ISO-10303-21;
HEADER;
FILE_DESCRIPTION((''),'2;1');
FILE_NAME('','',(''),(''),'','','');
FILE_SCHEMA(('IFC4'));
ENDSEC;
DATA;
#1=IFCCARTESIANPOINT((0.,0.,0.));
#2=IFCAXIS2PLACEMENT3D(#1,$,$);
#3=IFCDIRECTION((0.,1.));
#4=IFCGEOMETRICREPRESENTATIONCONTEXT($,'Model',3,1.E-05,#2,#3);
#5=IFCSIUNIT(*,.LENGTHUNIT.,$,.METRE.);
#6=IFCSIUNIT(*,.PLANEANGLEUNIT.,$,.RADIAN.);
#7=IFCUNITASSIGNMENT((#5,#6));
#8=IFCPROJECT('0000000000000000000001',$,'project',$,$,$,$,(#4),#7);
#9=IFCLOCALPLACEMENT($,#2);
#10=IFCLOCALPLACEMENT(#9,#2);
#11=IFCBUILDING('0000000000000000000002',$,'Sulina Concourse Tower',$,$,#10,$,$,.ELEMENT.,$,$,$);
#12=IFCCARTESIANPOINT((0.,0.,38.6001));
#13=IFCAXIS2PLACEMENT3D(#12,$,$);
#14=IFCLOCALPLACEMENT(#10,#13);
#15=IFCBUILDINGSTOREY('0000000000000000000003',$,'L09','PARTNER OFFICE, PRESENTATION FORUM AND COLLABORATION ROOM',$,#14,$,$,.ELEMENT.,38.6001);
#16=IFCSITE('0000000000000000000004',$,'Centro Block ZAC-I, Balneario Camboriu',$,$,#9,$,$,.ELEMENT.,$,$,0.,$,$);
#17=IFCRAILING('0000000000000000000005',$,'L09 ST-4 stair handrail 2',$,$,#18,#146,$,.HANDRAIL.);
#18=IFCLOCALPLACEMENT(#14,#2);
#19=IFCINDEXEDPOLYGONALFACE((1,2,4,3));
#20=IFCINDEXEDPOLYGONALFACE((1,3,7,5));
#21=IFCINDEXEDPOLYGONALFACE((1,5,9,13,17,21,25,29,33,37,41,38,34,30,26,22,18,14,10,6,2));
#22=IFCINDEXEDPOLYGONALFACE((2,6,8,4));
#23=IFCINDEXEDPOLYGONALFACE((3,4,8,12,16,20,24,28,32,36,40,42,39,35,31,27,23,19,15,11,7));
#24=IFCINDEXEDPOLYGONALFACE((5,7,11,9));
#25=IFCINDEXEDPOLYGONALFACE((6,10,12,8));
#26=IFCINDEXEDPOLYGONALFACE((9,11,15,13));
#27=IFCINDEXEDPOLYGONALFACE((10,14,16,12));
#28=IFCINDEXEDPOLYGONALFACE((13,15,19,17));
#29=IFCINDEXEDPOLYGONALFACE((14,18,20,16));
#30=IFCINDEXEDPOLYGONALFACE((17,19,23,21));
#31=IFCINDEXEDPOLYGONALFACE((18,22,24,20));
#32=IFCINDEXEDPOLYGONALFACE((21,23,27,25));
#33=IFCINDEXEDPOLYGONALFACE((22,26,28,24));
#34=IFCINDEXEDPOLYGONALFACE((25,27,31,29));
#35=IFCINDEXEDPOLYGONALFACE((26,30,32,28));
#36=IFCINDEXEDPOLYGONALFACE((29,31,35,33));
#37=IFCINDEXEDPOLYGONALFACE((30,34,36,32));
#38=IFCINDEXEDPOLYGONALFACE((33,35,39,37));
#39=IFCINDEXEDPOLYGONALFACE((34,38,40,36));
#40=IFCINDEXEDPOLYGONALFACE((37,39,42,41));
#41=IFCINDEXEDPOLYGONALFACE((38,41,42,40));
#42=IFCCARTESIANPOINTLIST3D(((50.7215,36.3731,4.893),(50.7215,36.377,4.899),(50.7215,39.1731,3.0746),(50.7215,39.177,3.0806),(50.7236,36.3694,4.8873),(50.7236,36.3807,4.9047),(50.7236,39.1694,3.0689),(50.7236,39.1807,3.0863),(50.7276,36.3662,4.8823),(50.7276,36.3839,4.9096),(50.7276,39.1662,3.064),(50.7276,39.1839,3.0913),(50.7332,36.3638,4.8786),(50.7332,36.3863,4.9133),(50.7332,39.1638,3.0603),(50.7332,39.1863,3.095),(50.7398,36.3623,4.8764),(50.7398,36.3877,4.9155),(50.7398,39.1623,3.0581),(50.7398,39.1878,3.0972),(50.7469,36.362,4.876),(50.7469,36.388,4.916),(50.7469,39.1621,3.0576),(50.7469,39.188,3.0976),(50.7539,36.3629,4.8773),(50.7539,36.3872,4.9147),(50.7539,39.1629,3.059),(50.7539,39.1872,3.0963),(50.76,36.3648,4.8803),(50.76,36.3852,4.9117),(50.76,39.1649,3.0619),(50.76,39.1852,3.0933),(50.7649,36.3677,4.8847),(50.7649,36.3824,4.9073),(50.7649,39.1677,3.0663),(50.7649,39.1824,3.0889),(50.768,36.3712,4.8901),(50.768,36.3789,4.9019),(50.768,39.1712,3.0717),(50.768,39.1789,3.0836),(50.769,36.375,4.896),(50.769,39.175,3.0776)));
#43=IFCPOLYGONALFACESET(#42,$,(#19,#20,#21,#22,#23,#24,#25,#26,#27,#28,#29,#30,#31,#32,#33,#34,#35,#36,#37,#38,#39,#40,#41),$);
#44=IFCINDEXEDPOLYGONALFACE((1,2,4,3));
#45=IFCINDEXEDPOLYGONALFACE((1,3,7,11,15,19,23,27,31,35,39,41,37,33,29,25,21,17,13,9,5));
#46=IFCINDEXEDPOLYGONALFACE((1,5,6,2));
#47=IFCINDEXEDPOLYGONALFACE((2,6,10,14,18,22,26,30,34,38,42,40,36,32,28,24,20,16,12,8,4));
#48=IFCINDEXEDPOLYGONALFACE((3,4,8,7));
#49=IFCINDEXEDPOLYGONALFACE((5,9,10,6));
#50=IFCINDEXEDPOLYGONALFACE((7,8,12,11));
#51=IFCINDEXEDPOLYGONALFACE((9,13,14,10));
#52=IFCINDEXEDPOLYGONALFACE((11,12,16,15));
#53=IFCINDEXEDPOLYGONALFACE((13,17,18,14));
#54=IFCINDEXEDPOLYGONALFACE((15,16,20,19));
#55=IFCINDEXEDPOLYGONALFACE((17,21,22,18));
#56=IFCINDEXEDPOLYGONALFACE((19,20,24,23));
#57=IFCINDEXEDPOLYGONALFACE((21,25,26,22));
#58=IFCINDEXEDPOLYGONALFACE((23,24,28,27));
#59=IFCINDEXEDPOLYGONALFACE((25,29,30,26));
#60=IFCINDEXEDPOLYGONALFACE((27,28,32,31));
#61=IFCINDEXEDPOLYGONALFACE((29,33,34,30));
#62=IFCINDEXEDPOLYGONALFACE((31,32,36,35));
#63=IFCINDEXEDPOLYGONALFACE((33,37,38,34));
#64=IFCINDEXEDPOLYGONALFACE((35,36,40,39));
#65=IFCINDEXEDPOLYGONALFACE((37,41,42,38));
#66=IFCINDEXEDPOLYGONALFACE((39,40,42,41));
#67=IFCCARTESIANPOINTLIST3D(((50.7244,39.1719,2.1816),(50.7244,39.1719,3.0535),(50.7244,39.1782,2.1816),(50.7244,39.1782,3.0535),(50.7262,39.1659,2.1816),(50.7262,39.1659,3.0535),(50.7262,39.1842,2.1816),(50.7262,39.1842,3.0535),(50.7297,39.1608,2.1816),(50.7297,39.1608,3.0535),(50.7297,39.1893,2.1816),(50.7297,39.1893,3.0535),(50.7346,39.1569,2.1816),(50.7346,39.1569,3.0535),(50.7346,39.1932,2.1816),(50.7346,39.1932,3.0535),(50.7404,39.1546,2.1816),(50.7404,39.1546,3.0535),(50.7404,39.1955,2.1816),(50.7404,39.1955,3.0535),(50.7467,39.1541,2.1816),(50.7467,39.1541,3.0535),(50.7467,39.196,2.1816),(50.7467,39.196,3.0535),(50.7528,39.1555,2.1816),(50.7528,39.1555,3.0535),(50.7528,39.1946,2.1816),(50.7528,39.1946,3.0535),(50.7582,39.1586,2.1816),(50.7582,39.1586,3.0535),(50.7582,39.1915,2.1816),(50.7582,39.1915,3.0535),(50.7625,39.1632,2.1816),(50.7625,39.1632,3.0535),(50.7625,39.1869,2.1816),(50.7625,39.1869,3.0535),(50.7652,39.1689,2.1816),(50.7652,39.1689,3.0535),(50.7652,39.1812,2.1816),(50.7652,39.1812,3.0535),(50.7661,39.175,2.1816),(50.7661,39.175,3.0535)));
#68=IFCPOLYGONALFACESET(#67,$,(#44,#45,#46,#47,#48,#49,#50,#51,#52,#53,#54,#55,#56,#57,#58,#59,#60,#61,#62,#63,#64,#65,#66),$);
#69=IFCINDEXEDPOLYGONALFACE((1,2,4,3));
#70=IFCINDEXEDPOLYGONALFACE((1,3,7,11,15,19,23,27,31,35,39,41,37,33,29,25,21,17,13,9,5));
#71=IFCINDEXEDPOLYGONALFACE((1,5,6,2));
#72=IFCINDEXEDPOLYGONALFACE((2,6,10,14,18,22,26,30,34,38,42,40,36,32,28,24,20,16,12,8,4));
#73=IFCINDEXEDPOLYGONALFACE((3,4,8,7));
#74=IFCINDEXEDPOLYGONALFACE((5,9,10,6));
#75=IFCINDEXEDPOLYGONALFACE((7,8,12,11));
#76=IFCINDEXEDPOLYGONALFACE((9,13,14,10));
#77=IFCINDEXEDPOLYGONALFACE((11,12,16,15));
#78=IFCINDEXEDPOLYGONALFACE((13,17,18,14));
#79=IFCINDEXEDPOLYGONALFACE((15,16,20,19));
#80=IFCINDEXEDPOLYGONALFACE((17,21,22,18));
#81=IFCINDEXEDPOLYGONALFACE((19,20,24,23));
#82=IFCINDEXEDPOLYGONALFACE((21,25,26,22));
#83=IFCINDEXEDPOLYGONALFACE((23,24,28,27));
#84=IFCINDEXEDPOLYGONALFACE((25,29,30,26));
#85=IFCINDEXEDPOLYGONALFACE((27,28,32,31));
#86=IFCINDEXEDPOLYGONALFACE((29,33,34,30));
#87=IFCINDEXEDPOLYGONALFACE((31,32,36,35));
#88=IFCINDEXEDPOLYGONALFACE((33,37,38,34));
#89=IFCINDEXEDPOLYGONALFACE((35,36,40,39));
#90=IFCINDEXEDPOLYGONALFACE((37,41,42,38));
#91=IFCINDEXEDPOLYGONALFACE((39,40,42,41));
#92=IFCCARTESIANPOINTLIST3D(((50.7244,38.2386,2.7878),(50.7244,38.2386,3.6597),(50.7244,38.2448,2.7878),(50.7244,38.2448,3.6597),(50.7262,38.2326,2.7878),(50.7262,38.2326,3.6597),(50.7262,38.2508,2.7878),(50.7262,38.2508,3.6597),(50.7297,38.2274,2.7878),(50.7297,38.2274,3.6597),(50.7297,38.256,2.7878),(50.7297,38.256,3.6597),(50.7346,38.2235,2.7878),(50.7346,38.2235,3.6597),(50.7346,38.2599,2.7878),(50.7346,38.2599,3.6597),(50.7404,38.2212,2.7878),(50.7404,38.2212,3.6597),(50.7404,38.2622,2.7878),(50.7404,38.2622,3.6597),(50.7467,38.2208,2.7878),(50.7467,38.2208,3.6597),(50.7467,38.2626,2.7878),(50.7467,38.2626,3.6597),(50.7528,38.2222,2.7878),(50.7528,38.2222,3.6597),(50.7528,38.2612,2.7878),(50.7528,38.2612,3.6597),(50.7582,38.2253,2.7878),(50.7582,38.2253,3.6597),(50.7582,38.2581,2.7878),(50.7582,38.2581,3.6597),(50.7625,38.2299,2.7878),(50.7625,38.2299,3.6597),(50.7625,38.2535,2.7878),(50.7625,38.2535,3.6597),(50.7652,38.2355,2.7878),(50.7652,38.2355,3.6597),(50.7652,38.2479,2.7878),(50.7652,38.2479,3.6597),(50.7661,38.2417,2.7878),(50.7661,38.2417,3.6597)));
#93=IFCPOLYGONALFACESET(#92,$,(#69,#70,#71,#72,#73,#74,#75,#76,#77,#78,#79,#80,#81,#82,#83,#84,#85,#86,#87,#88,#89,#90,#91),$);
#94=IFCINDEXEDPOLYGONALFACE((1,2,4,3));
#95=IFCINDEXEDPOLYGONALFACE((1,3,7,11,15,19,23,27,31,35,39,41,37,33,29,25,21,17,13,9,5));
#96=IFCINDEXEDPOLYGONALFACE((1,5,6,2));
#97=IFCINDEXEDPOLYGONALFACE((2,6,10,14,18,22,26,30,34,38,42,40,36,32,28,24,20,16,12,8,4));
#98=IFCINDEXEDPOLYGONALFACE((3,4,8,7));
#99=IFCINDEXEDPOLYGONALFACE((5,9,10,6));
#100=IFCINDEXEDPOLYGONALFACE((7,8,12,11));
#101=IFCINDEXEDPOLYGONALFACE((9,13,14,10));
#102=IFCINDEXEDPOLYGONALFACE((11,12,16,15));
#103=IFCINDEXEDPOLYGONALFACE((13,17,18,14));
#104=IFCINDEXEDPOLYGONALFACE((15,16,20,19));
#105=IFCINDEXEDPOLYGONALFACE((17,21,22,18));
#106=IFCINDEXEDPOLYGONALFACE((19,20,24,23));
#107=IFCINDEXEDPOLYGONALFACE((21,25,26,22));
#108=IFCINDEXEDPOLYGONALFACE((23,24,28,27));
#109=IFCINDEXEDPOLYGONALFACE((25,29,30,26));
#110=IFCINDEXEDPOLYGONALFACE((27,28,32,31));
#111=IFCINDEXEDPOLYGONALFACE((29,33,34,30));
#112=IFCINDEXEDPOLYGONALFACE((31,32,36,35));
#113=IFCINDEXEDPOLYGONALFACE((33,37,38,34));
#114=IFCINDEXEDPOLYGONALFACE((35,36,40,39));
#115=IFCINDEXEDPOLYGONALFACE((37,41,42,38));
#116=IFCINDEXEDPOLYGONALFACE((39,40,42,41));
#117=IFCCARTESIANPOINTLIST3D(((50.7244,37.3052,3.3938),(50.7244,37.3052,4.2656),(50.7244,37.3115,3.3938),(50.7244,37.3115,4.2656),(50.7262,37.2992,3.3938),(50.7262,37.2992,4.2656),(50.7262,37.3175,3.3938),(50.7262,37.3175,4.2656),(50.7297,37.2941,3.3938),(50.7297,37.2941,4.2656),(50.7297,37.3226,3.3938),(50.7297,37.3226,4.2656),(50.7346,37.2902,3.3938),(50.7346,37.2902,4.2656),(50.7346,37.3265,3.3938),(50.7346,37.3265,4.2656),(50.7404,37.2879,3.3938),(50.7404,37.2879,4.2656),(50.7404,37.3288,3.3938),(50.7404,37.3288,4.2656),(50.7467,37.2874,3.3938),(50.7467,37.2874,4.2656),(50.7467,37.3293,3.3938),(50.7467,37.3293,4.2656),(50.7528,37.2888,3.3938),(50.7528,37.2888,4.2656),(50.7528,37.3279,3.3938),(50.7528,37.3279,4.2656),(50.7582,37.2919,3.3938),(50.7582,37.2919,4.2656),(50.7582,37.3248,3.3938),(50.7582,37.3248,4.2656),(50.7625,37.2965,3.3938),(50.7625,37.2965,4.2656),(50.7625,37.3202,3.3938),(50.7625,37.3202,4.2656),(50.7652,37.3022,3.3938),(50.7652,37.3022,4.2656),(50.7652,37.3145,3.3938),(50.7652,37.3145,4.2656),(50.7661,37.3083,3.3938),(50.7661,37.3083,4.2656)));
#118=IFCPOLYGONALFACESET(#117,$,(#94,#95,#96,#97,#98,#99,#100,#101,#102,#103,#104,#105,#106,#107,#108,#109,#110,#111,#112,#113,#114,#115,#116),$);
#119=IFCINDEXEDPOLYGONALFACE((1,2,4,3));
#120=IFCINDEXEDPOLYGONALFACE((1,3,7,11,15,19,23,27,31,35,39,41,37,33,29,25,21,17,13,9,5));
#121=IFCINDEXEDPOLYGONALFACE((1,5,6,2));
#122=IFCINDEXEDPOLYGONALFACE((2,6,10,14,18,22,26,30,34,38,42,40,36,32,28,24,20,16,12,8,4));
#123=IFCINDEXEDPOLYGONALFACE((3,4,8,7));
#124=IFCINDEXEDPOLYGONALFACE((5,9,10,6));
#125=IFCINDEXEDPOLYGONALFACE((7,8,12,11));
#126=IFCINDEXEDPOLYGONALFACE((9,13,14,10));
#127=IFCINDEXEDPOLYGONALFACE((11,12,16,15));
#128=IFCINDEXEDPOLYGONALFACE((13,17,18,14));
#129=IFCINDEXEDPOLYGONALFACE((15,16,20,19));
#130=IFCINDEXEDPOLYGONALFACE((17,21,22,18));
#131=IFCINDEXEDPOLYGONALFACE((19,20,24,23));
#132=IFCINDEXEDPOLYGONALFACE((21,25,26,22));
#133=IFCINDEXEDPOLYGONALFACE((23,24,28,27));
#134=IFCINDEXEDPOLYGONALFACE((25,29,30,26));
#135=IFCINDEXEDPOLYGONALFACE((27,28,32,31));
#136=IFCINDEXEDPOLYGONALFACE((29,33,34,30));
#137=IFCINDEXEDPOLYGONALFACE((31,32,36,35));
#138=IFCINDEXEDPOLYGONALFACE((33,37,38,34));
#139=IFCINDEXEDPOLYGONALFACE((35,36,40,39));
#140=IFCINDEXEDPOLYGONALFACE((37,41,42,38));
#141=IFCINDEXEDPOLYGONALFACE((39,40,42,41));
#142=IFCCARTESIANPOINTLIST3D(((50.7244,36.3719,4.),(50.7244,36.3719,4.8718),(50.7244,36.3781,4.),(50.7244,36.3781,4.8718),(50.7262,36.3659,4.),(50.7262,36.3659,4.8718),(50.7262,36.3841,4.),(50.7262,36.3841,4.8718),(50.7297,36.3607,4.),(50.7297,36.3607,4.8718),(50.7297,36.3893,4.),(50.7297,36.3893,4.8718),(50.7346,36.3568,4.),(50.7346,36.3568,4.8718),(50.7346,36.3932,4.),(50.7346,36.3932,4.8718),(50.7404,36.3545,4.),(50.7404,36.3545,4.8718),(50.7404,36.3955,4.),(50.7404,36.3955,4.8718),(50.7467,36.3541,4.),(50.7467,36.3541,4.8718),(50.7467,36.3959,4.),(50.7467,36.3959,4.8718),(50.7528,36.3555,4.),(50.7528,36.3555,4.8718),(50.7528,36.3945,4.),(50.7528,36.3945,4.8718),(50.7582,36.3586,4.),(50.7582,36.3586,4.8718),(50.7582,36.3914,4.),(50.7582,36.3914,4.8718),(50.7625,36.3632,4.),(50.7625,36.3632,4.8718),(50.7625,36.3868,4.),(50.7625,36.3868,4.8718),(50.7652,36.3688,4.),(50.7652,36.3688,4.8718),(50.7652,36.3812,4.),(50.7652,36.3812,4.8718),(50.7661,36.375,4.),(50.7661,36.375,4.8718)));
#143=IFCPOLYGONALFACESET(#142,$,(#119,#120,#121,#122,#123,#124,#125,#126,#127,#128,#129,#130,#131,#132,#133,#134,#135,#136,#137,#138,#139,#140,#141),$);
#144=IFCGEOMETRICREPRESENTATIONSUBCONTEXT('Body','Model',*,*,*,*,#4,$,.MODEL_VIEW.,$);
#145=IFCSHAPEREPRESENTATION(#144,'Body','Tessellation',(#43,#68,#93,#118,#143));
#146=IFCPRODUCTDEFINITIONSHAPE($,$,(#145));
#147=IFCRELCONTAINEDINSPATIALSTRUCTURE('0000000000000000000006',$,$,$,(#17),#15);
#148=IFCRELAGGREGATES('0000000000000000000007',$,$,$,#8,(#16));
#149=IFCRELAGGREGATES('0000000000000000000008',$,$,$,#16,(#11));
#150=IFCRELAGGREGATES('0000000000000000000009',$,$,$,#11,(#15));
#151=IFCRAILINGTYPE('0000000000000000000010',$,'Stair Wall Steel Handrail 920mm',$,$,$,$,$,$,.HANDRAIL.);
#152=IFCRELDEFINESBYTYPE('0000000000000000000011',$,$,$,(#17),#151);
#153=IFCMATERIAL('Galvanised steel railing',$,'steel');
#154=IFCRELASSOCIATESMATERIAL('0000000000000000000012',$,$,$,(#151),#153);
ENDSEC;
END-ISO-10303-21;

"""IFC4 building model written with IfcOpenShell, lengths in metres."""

from ifc_helpers import new_model, si_unit, direction, frame, origin, origin_2d, place, context, subcontext, project, spatial, circle, extrude, material, type_object, element, save


model = new_model("IFC4")

# Units and contexts
model_context = context("Model", 3, precision=1e-05, world=origin(), true_north=direction((0.0, 1.0)))
body_context = subcontext(model_context, "Body", "Model", "MODEL_VIEW")
ifc_project = project(units=[si_unit("LENGTHUNIT", "METRE"), si_unit("PLANEANGLEUNIT", "RADIAN")], contexts=[model_context])

# Site, building, storey
site_placement = place(None, origin())
site = spatial("IfcSite", under=ifc_project, at=site_placement, Name="Centro Block ZAC-I, Balneario Camboriu", CompositionType="ELEMENT", RefElevation=0.0)
building_placement = place(site_placement, origin())
building = spatial("IfcBuilding", under=site, at=building_placement, Name="Sulina Concourse Tower", CompositionType="ELEMENT")
storey_placement = place(building_placement, frame((0.0, 0.0, 38.6001)))
storey = spatial("IfcBuildingStorey", under=building, at=storey_placement, Name="L09", Description="PARTNER OFFICE, PRESENTATION FORUM AND COLLABORATION ROOM", CompositionType="ELEMENT", Elevation=38.6001)

# Railing
ifc_material_1 = material(Name="Galvanised steel railing", Category="steel")
railing_type_1 = type_object("IfcRailingType", Name="Stair Wall Steel Handrail 920mm", PredefinedType="HANDRAIL", material=ifc_material_1)
railing_1_placement = place(storey_placement, frame((50.7451, 39.175, 2.1816)))
element("IfcRailing", 1, at=railing_1_placement, inside=storey, type_object=railing_type_1, Name="L09 ST-4 stair handrail 2", PredefinedType="HANDRAIL", context=body_context, shape_type="SweptSolid", body=[
    extrude(circle(Radius=0.0239, at=origin_2d()), frame((0.0, 0.0, 0.896), z_axis=(0.0, -0.838672, 0.544636), x_axis=(1.0, 0.0, 0.0)), (0.0, 0.0, 1.0), 3.3386),
    extrude(circle(Radius=0.021, at=origin_2d()), origin(), (0.0, 0.0, 1.0), 0.8718),
    extrude(circle(Radius=0.021, at=origin_2d()), frame((0.0, -0.9333, 0.6062)), (0.0, 0.0, 1.0), 0.8718),
    extrude(circle(Radius=0.021, at=origin_2d()), frame((0.0, -1.8667, 1.2122)), (0.0, 0.0, 1.0), 0.8718),
    extrude(circle(Radius=0.021, at=origin_2d()), frame((0.0, -2.8, 1.8184)), (0.0, 0.0, 1.0), 0.8718),
])

save(model, "model.ifc")
